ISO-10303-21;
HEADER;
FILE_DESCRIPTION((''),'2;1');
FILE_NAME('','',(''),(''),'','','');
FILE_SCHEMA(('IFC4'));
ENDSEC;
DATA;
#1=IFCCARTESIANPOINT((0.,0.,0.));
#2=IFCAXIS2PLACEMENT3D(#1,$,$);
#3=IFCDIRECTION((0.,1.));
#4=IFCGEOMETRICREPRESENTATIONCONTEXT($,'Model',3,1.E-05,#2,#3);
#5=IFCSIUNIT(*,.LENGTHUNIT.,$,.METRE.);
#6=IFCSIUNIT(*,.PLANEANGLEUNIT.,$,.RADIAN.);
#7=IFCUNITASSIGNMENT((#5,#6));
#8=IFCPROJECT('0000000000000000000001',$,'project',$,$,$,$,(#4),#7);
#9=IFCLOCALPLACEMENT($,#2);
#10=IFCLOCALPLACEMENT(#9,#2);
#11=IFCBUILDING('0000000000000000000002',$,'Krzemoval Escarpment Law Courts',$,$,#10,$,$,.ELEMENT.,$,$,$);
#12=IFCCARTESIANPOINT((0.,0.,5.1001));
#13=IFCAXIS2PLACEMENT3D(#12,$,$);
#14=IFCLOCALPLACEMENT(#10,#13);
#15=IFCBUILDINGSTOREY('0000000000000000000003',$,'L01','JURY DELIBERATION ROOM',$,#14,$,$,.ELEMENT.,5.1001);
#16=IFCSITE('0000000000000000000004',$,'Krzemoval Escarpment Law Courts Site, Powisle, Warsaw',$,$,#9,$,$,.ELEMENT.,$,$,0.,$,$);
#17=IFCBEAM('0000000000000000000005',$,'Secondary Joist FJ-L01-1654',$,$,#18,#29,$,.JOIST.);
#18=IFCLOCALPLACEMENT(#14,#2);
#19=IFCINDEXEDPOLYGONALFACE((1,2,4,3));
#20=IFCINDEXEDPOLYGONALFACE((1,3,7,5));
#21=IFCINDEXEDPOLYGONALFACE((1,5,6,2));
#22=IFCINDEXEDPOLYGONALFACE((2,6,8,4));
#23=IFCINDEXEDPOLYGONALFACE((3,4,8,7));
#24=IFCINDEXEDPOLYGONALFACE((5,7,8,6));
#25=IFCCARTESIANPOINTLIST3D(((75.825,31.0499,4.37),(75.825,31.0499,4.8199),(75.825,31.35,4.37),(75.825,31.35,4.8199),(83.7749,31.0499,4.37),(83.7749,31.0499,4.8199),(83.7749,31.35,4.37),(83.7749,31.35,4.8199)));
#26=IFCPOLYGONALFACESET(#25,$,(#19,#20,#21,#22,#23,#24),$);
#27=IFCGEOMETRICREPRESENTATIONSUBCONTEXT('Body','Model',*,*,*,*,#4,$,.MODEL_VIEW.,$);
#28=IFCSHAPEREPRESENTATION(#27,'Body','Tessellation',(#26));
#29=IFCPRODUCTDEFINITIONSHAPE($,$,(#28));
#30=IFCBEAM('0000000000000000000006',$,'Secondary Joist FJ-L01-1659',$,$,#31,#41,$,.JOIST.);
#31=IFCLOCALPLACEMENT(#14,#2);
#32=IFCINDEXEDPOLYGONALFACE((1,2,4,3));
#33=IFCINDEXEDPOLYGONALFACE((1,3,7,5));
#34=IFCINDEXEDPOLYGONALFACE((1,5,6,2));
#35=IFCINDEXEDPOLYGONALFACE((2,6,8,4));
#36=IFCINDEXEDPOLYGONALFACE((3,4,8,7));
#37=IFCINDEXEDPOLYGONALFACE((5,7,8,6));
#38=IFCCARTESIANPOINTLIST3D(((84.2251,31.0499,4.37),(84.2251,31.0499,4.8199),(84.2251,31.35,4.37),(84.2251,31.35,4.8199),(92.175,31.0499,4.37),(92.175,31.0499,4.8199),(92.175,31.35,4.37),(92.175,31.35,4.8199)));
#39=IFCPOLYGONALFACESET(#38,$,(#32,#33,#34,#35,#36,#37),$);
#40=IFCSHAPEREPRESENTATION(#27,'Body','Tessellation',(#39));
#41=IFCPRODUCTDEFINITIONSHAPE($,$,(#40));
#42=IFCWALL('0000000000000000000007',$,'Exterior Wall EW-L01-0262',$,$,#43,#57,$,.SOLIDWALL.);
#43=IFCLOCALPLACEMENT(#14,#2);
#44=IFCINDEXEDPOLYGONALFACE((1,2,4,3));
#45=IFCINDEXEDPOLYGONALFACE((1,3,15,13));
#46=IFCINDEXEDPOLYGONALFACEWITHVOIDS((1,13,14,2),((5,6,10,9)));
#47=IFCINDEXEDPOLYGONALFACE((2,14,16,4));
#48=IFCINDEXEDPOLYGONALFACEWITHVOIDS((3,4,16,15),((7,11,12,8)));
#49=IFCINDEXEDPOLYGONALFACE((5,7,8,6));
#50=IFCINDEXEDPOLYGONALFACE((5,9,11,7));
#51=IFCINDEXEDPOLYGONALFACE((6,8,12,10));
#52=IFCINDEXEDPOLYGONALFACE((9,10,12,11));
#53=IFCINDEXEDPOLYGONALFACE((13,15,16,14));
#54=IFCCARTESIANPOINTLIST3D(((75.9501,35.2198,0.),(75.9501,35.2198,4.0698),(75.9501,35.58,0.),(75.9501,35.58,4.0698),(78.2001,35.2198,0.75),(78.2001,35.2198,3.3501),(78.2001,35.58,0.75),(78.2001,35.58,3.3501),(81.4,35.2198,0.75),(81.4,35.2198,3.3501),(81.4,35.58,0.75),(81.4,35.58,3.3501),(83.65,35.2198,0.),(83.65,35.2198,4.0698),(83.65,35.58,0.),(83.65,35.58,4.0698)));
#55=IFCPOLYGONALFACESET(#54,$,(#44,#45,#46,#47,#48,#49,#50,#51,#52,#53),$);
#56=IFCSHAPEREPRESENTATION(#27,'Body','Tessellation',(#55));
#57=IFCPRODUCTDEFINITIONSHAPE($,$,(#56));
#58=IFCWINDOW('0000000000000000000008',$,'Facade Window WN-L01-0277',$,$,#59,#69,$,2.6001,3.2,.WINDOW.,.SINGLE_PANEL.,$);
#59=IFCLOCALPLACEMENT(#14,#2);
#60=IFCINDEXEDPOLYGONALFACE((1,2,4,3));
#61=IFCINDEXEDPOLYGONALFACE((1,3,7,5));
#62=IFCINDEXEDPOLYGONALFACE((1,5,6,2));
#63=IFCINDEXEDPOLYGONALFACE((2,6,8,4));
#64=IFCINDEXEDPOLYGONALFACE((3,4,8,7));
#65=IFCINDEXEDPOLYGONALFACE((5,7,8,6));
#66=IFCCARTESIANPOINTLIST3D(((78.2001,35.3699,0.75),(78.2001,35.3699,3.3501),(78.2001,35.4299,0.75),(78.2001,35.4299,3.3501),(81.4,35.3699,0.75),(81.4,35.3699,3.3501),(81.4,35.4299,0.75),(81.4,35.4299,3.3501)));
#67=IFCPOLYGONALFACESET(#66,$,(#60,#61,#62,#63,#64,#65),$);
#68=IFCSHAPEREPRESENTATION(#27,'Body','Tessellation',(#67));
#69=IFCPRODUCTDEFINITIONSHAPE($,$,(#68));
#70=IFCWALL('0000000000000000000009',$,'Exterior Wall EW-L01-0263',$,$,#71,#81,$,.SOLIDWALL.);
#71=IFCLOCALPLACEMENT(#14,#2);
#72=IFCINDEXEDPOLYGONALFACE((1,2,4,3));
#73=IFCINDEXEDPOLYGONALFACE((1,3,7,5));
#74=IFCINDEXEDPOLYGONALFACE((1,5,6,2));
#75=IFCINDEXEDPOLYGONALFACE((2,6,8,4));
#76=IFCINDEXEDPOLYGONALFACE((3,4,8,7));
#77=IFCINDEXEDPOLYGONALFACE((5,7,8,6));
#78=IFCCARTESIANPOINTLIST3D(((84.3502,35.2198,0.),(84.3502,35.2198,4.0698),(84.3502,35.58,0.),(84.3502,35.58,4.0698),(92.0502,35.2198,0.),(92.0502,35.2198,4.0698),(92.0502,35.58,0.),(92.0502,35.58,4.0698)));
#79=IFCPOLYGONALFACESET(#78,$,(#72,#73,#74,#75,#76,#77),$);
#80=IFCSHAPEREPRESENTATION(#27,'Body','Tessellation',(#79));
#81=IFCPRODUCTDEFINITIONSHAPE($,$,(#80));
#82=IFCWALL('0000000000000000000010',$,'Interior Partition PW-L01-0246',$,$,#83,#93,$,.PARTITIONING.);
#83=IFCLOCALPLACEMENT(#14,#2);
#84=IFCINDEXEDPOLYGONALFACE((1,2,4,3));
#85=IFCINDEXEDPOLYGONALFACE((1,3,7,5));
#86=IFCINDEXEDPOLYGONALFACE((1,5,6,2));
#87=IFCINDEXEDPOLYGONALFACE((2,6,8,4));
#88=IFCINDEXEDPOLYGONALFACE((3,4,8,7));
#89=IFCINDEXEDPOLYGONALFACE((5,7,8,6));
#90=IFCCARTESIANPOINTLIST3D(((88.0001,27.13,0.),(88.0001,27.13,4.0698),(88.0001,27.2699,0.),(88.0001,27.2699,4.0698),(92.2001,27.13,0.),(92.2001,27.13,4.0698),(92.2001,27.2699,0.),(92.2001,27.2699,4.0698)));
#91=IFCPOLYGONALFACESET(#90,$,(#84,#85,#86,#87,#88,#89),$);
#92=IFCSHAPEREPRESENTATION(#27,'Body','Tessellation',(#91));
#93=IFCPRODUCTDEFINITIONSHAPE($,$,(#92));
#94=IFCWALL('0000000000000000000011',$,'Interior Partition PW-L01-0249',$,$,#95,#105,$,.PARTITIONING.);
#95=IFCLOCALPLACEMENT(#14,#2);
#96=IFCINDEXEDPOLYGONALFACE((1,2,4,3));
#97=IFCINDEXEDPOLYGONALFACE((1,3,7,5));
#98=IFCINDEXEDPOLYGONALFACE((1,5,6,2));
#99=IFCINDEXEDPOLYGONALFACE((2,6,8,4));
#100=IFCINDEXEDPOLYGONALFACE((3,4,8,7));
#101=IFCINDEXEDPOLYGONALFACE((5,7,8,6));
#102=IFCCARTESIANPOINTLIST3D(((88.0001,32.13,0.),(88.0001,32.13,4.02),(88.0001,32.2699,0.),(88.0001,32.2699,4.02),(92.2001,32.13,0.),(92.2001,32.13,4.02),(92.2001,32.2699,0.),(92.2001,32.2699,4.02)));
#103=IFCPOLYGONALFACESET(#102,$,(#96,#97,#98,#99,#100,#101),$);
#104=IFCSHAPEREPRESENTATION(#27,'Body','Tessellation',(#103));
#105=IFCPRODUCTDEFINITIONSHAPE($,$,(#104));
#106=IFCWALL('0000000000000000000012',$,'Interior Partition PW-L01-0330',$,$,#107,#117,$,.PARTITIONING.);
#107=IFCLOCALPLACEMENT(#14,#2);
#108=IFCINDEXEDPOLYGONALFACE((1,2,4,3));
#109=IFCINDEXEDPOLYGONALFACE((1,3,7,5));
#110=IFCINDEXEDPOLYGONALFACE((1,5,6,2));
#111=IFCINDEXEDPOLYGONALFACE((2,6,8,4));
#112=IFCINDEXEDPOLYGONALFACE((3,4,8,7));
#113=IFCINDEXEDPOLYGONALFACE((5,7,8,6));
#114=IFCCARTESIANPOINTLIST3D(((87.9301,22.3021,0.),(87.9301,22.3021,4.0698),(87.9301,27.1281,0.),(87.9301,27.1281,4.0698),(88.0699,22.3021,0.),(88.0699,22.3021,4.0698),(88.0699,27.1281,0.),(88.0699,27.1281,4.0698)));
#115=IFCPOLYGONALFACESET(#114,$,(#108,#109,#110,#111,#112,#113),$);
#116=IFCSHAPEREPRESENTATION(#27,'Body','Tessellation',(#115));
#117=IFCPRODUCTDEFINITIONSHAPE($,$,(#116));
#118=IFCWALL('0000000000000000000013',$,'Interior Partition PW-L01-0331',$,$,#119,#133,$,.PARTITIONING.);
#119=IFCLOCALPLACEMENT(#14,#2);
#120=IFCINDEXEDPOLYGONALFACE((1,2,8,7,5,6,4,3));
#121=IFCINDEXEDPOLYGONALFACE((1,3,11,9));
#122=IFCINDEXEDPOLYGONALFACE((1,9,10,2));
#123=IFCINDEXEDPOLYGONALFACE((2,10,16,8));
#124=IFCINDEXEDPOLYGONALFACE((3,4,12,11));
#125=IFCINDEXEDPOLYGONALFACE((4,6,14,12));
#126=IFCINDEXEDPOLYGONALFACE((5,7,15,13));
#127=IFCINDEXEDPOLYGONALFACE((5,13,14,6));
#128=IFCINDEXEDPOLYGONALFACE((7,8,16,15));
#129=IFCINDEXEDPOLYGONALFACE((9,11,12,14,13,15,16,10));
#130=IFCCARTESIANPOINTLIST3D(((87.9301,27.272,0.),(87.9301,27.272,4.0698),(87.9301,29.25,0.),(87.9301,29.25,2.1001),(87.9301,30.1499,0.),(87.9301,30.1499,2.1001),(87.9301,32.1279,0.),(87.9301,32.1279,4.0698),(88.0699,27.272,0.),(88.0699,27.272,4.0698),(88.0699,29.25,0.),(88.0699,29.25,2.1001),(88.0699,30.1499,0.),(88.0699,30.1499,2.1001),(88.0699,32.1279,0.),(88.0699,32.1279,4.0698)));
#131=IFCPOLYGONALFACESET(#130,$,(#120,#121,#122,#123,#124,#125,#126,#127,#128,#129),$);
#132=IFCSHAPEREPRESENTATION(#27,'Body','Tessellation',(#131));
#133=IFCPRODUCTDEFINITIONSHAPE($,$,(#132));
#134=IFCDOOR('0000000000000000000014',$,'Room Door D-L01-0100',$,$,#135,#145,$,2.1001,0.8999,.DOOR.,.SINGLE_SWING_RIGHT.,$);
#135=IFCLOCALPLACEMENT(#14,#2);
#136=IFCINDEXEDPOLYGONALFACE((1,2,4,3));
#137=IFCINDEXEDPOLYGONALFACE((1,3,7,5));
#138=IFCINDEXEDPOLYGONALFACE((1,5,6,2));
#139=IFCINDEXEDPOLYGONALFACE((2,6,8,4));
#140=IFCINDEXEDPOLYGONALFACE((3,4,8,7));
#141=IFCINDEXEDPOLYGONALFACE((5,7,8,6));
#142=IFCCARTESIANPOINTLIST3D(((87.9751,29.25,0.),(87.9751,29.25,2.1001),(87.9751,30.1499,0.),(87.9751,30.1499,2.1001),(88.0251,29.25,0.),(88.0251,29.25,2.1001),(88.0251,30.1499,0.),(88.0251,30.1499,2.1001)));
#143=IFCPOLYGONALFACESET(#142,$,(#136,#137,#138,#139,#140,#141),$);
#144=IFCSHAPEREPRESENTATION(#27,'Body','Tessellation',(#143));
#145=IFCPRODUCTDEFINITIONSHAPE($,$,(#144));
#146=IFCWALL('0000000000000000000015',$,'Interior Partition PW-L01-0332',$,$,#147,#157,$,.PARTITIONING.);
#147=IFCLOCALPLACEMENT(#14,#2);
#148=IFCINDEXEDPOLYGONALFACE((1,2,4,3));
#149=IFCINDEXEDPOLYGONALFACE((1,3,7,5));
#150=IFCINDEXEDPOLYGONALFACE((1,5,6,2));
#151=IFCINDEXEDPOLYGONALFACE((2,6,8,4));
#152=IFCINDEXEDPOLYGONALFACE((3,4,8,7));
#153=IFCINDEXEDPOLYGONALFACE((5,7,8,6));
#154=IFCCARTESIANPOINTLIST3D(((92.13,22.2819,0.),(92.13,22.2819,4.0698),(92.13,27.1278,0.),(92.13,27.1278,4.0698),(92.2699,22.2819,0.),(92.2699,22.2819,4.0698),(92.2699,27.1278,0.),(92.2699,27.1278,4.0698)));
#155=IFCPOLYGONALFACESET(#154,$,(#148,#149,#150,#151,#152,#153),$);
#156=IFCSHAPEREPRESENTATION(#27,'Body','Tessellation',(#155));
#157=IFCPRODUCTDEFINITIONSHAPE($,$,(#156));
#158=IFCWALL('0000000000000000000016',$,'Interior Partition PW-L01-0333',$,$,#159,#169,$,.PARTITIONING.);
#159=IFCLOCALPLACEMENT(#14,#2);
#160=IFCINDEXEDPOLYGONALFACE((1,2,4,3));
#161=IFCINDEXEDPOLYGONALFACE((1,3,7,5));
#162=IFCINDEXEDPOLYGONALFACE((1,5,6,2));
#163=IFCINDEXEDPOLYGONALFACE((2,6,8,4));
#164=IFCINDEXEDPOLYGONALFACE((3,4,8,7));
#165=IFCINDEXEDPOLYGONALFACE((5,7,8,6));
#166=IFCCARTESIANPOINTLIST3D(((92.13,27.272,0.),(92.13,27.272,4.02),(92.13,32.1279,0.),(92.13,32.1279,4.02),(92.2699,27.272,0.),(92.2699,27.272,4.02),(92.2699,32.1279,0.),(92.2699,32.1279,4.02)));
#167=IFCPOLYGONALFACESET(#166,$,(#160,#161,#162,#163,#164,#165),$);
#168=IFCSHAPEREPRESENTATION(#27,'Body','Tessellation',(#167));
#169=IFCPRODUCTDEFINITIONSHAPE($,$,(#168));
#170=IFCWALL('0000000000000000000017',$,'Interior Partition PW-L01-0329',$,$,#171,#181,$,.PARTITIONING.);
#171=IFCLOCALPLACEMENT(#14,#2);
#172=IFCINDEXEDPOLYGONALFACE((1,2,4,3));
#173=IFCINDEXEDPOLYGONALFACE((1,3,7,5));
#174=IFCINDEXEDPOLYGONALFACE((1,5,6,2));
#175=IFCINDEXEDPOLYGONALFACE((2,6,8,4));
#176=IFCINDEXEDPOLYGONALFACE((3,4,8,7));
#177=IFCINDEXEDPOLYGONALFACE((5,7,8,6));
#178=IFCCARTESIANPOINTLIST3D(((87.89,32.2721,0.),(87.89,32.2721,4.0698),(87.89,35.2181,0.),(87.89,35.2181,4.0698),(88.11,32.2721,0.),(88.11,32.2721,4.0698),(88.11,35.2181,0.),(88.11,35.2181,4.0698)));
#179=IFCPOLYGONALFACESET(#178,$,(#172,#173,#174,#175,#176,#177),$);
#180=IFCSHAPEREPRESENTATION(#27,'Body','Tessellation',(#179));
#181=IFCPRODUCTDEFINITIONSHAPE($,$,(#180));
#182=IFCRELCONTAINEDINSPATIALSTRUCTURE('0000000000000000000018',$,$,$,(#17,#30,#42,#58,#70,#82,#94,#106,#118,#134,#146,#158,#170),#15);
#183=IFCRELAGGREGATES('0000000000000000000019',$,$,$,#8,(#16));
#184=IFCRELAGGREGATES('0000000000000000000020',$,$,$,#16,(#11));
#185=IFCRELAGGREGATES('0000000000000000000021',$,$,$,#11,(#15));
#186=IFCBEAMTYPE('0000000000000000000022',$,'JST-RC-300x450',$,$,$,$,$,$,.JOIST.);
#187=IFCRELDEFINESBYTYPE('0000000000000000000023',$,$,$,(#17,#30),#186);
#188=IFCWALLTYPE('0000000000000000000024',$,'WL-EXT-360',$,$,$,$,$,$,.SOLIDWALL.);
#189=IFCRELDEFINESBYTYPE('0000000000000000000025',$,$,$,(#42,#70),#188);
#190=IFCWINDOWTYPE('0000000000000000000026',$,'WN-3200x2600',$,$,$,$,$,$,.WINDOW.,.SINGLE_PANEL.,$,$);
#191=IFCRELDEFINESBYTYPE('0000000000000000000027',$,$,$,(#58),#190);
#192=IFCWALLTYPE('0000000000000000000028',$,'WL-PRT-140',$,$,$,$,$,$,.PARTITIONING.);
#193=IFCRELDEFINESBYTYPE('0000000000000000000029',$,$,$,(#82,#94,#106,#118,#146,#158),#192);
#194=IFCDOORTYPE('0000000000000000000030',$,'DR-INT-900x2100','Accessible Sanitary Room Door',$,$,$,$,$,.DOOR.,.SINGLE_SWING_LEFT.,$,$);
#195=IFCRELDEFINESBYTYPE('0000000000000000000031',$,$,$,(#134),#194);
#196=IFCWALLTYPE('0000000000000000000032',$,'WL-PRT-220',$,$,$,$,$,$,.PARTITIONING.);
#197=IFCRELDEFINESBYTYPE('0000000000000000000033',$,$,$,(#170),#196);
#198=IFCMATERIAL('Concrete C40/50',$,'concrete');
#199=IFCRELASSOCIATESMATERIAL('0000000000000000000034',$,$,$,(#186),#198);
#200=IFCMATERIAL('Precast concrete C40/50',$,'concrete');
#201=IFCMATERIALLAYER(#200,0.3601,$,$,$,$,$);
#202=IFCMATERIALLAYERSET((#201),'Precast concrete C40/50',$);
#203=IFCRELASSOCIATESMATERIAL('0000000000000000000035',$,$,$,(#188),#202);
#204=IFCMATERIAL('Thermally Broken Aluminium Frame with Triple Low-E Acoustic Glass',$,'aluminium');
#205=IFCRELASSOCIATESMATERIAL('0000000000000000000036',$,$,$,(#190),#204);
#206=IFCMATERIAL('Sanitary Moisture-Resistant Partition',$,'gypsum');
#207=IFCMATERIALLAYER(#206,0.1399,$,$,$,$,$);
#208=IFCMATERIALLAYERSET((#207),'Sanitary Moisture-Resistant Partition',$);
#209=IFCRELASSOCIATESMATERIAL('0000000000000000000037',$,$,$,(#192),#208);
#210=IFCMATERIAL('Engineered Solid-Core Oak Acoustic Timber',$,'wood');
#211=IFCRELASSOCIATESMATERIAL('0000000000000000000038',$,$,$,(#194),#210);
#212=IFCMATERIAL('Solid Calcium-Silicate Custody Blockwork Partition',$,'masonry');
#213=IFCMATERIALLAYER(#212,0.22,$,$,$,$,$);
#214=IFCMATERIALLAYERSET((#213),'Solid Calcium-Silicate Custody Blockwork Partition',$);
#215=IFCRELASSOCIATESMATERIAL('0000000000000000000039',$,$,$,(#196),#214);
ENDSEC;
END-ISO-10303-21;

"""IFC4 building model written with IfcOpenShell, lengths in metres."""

from ifc_helpers import new_model, si_unit, direction, frame, frame_2d, origin, origin_2d, place, context, subcontext, project, spatial, rectangle, extrude, material, layer, layer_set, material_profile, profile_set, type_object, element, fill, save


model = new_model("IFC4")

# Units and contexts
model_context = context("Model", 3, precision=1e-05, world=origin(), true_north=direction((0.0, 1.0)))
body_context = subcontext(model_context, "Body", "Model", "MODEL_VIEW")
ifc_project = project(units=[si_unit("LENGTHUNIT", "METRE"), si_unit("PLANEANGLEUNIT", "RADIAN")], contexts=[model_context])

# Site, building, storey
site_placement = place(None, origin())
site = spatial("IfcSite", under=ifc_project, at=site_placement, Name="Krzemoval Escarpment Law Courts Site, Powisle, Warsaw", CompositionType="ELEMENT", RefElevation=0.0)
building_placement = place(site_placement, origin())
building = spatial("IfcBuilding", under=site, at=building_placement, Name="Krzemoval Escarpment Law Courts", CompositionType="ELEMENT")
storey_placement = place(building_placement, frame((0.0, 0.0, 5.1001)))
storey = spatial("IfcBuildingStorey", under=building, at=storey_placement, Name="L01", Description="JURY DELIBERATION ROOM", CompositionType="ELEMENT", Elevation=5.1001)

# Beams
ifc_material_1 = material(Name="Concrete C40/50", Category="concrete")
ifc_material_profile_1 = material_profile(ifc_material_1, rectangle(XDim=0.3, YDim=0.45, at=origin_2d()), Name="RCB 300x450")
ifc_profile_set_1 = profile_set([ifc_material_profile_1], Name="Concrete C40/50")
beam_type_1 = type_object("IfcBeamType", Name="JST-RC-300x450", PredefinedType="JOIST", material=ifc_profile_set_1)
for number, where, z_axis, x_axis, name in (
    (1, (75.825, 31.2, 4.595), (1.0, 0.0, 0.0), (0.0, 1.0, 0.0), "Secondary Joist FJ-L01-1654"),
    (2, (84.2251, 31.2, 4.595), (1.0, 0.0, 0.0), (0.0, 1.0, 0.0), "Secondary Joist FJ-L01-1659"),
):
    element("IfcBeam", number, at=place(storey_placement, frame(where, z_axis=z_axis, x_axis=x_axis)), inside=storey, type_object=beam_type_1, Name=name, PredefinedType="JOIST", context=body_context, shape_type="SweptSolid", body=[
        extrude(rectangle(XDim=0.3, YDim=0.45, at=origin_2d()), origin(), (0.0, 0.0, 1.0), 7.95),
    ])

# Wall, opening, window
ifc_material_2 = material(Name="Precast concrete C40/50", Category="concrete")
ifc_layer_1 = layer(ifc_material_2, 0.3601)
ifc_layer_set_1 = layer_set([ifc_layer_1], Name="Precast concrete C40/50")
wall_type_1 = type_object("IfcWallType", Name="WL-EXT-360", PredefinedType="SOLIDWALL", material=ifc_layer_set_1)
wall_1_placement = place(storey_placement, frame((75.95, 35.3999, 0.0), z_axis=(0.0, 0.0, 1.0), x_axis=(1.0, 0.0, 0.0)))
wall_1 = element("IfcWall", 3, at=wall_1_placement, inside=storey, type_object=wall_type_1, Name="Exterior Wall EW-L01-0262", PredefinedType="SOLIDWALL", context=body_context, shape_type="SweptSolid", body=[
    extrude(rectangle(XDim=7.7, YDim=0.3601, at=frame_2d((3.8501, 0.0))), origin(), (0.0, 0.0, 1.0), 4.0698),
])
opening_1_placement = place(wall_1_placement, frame((2.25, 0.0, 0.75)))
opening_1 = element("IfcOpeningElement", 4, at=opening_1_placement, cuts=wall_1, PredefinedType="OPENING", context=body_context, shape_type="SweptSolid", body=[
    extrude(rectangle(XDim=3.2, YDim=2.6001, at=frame_2d((1.6001, 1.3))), frame((0.0, 0.1951, 0.0), z_axis=(0.0, -1.0, 0.0), x_axis=(1.0, 0.0, 0.0)), (0.0, 0.0, 1.0), 0.3901),
])
ifc_material_3 = material(Name="Thermally Broken Aluminium Frame with Triple Low-E Acoustic Glass", Category="aluminium")
window_type = type_object("IfcWindowType", Name="WN-3200x2600", PartitioningType="SINGLE_PANEL", PredefinedType="WINDOW", material=ifc_material_3)
window_placement = place(opening_1_placement, origin())
window = element("IfcWindow", 5, at=window_placement, inside=storey, type_object=window_type, Name="Facade Window WN-L01-0277", OverallHeight=2.6001, OverallWidth=3.2, PartitioningType="SINGLE_PANEL", PredefinedType="WINDOW", context=body_context, shape_type="SweptSolid", body=[
    extrude(rectangle(XDim=3.2, YDim=2.6001, at=frame_2d((1.6001, 1.3))), frame((0.0, 0.03, 0.0), z_axis=(0.0, -1.0, 0.0), x_axis=(1.0, 0.0, 0.0)), (0.0, 0.0, 1.0), 0.0601),
])
fill(opening_1, window)

# Walls
wall_2_placement = place(storey_placement, frame((84.3501, 35.3999, 0.0), z_axis=(0.0, 0.0, 1.0), x_axis=(1.0, 0.0, 0.0)))
element("IfcWall", 6, at=wall_2_placement, inside=storey, type_object=wall_type_1, Name="Exterior Wall EW-L01-0263", PredefinedType="SOLIDWALL", context=body_context, shape_type="SweptSolid", body=[
    extrude(rectangle(XDim=7.7, YDim=0.3601, at=frame_2d((3.8501, 0.0))), origin(), (0.0, 0.0, 1.0), 4.0698),
])
ifc_material_4 = material(Name="Sanitary Moisture-Resistant Partition", Category="gypsum")
ifc_layer_2 = layer(ifc_material_4, 0.1399)
ifc_layer_set_2 = layer_set([ifc_layer_2], Name="Sanitary Moisture-Resistant Partition")
wall_type_2 = type_object("IfcWallType", Name="WL-PRT-140", PredefinedType="PARTITIONING", material=ifc_layer_set_2)
wall_3_placement = place(storey_placement, frame((88.0, 27.2, 0.0), z_axis=(0.0, 0.0, 1.0), x_axis=(1.0, 0.0, 0.0)))
element("IfcWall", 7, at=wall_3_placement, inside=storey, type_object=wall_type_2, Name="Interior Partition PW-L01-0246", PredefinedType="PARTITIONING", context=body_context, shape_type="SweptSolid", body=[
    extrude(rectangle(XDim=4.2, YDim=0.1399, at=frame_2d((2.1001, 0.0))), origin(), (0.0, 0.0, 1.0), 4.0698),
])
wall_4_placement = place(storey_placement, frame((88.0, 32.2, 0.0), z_axis=(0.0, 0.0, 1.0), x_axis=(1.0, 0.0, 0.0)))
element("IfcWall", 8, at=wall_4_placement, inside=storey, type_object=wall_type_2, Name="Interior Partition PW-L01-0249", PredefinedType="PARTITIONING", context=body_context, shape_type="SweptSolid", body=[
    extrude(rectangle(XDim=4.2, YDim=0.1399, at=frame_2d((2.1001, 0.0))), origin(), (0.0, 0.0, 1.0), 4.02),
])
wall_5_placement = place(storey_placement, frame((88.0, 22.302, 0.0), z_axis=(0.0, 0.0, 1.0), x_axis=(0.0, 1.0, 0.0)))
element("IfcWall", 9, at=wall_5_placement, inside=storey, type_object=wall_type_2, Name="Interior Partition PW-L01-0330", PredefinedType="PARTITIONING", context=body_context, shape_type="SweptSolid", body=[
    extrude(rectangle(XDim=4.8259, YDim=0.1399, at=frame_2d((2.4131, 0.0))), origin(), (0.0, 0.0, 1.0), 4.0698),
])

# Wall, opening, door
wall_6_placement = place(storey_placement, frame((88.0, 27.272, 0.0), z_axis=(0.0, 0.0, 1.0), x_axis=(0.0, 1.0, 0.0)))
wall_6 = element("IfcWall", 10, at=wall_6_placement, inside=storey, type_object=wall_type_2, Name="Interior Partition PW-L01-0331", PredefinedType="PARTITIONING", context=body_context, shape_type="SweptSolid", body=[
    extrude(rectangle(XDim=4.856, YDim=0.1399, at=frame_2d((2.428, 0.0))), origin(), (0.0, 0.0, 1.0), 4.0698),
])
opening_2_placement = place(wall_6_placement, frame((1.978, 0.0, 0.0)))
opening_2 = element("IfcOpeningElement", 11, at=opening_2_placement, cuts=wall_6, PredefinedType="OPENING", context=body_context, shape_type="SweptSolid", body=[
    extrude(rectangle(XDim=0.8999, YDim=2.1001, at=frame_2d((0.45, 1.05))), frame((0.0, 0.0849, 0.0), z_axis=(0.0, -1.0, 0.0), x_axis=(1.0, 0.0, 0.0)), (0.0, 0.0, 1.0), 0.1699),
])
ifc_material_5 = material(Name="Engineered Solid-Core Oak Acoustic Timber", Category="wood")
door_type = type_object("IfcDoorType", Name="DR-INT-900x2100", Description="Accessible Sanitary Room Door", OperationType="SINGLE_SWING_LEFT", PredefinedType="DOOR", material=ifc_material_5)
door_placement = place(opening_2_placement, origin())
door = element("IfcDoor", 12, at=door_placement, inside=storey, type_object=door_type, Name="Room Door D-L01-0100", OperationType="SINGLE_SWING_RIGHT", OverallHeight=2.1001, OverallWidth=0.8999, PredefinedType="DOOR", context=body_context, shape_type="SweptSolid", body=[
    extrude(rectangle(XDim=0.8999, YDim=2.1001, at=frame_2d((0.45, 1.05))), frame((0.0, 0.0249, 0.0), z_axis=(0.0, -1.0, 0.0), x_axis=(1.0, 0.0, 0.0)), (0.0, 0.0, 1.0), 0.05),
])
fill(opening_2, door)

# Walls
wall_7_placement = place(storey_placement, frame((92.2, 22.282, 0.0), z_axis=(0.0, 0.0, 1.0), x_axis=(0.0, 1.0, 0.0)))
element("IfcWall", 13, at=wall_7_placement, inside=storey, type_object=wall_type_2, Name="Interior Partition PW-L01-0332", PredefinedType="PARTITIONING", context=body_context, shape_type="SweptSolid", body=[
    extrude(rectangle(XDim=4.8459, YDim=0.1399, at=frame_2d((2.4229, 0.0))), origin(), (0.0, 0.0, 1.0), 4.0698),
])
wall_8_placement = place(storey_placement, frame((92.2, 27.272, 0.0), z_axis=(0.0, 0.0, 1.0), x_axis=(0.0, 1.0, 0.0)))
element("IfcWall", 14, at=wall_8_placement, inside=storey, type_object=wall_type_2, Name="Interior Partition PW-L01-0333", PredefinedType="PARTITIONING", context=body_context, shape_type="SweptSolid", body=[
    extrude(rectangle(XDim=4.856, YDim=0.1399, at=frame_2d((2.428, 0.0))), origin(), (0.0, 0.0, 1.0), 4.02),
])
ifc_material_6 = material(Name="Solid Calcium-Silicate Custody Blockwork Partition", Category="masonry")
ifc_layer_3 = layer(ifc_material_6, 0.22)
ifc_layer_set_3 = layer_set([ifc_layer_3], Name="Solid Calcium-Silicate Custody Blockwork Partition")
wall_type_3 = type_object("IfcWallType", Name="WL-PRT-220", PredefinedType="PARTITIONING", material=ifc_layer_set_3)
wall_9_placement = place(storey_placement, frame((88.0, 32.272, 0.0), z_axis=(0.0, 0.0, 1.0), x_axis=(0.0, 1.0, 0.0)))
element("IfcWall", 15, at=wall_9_placement, inside=storey, type_object=wall_type_3, Name="Interior Partition PW-L01-0329", PredefinedType="PARTITIONING", context=body_context, shape_type="SweptSolid", body=[
    extrude(rectangle(XDim=2.946, YDim=0.22, at=frame_2d((1.4731, 0.0))), origin(), (0.0, 0.0, 1.0), 4.0698),
])

save(model, "model.ifc")
